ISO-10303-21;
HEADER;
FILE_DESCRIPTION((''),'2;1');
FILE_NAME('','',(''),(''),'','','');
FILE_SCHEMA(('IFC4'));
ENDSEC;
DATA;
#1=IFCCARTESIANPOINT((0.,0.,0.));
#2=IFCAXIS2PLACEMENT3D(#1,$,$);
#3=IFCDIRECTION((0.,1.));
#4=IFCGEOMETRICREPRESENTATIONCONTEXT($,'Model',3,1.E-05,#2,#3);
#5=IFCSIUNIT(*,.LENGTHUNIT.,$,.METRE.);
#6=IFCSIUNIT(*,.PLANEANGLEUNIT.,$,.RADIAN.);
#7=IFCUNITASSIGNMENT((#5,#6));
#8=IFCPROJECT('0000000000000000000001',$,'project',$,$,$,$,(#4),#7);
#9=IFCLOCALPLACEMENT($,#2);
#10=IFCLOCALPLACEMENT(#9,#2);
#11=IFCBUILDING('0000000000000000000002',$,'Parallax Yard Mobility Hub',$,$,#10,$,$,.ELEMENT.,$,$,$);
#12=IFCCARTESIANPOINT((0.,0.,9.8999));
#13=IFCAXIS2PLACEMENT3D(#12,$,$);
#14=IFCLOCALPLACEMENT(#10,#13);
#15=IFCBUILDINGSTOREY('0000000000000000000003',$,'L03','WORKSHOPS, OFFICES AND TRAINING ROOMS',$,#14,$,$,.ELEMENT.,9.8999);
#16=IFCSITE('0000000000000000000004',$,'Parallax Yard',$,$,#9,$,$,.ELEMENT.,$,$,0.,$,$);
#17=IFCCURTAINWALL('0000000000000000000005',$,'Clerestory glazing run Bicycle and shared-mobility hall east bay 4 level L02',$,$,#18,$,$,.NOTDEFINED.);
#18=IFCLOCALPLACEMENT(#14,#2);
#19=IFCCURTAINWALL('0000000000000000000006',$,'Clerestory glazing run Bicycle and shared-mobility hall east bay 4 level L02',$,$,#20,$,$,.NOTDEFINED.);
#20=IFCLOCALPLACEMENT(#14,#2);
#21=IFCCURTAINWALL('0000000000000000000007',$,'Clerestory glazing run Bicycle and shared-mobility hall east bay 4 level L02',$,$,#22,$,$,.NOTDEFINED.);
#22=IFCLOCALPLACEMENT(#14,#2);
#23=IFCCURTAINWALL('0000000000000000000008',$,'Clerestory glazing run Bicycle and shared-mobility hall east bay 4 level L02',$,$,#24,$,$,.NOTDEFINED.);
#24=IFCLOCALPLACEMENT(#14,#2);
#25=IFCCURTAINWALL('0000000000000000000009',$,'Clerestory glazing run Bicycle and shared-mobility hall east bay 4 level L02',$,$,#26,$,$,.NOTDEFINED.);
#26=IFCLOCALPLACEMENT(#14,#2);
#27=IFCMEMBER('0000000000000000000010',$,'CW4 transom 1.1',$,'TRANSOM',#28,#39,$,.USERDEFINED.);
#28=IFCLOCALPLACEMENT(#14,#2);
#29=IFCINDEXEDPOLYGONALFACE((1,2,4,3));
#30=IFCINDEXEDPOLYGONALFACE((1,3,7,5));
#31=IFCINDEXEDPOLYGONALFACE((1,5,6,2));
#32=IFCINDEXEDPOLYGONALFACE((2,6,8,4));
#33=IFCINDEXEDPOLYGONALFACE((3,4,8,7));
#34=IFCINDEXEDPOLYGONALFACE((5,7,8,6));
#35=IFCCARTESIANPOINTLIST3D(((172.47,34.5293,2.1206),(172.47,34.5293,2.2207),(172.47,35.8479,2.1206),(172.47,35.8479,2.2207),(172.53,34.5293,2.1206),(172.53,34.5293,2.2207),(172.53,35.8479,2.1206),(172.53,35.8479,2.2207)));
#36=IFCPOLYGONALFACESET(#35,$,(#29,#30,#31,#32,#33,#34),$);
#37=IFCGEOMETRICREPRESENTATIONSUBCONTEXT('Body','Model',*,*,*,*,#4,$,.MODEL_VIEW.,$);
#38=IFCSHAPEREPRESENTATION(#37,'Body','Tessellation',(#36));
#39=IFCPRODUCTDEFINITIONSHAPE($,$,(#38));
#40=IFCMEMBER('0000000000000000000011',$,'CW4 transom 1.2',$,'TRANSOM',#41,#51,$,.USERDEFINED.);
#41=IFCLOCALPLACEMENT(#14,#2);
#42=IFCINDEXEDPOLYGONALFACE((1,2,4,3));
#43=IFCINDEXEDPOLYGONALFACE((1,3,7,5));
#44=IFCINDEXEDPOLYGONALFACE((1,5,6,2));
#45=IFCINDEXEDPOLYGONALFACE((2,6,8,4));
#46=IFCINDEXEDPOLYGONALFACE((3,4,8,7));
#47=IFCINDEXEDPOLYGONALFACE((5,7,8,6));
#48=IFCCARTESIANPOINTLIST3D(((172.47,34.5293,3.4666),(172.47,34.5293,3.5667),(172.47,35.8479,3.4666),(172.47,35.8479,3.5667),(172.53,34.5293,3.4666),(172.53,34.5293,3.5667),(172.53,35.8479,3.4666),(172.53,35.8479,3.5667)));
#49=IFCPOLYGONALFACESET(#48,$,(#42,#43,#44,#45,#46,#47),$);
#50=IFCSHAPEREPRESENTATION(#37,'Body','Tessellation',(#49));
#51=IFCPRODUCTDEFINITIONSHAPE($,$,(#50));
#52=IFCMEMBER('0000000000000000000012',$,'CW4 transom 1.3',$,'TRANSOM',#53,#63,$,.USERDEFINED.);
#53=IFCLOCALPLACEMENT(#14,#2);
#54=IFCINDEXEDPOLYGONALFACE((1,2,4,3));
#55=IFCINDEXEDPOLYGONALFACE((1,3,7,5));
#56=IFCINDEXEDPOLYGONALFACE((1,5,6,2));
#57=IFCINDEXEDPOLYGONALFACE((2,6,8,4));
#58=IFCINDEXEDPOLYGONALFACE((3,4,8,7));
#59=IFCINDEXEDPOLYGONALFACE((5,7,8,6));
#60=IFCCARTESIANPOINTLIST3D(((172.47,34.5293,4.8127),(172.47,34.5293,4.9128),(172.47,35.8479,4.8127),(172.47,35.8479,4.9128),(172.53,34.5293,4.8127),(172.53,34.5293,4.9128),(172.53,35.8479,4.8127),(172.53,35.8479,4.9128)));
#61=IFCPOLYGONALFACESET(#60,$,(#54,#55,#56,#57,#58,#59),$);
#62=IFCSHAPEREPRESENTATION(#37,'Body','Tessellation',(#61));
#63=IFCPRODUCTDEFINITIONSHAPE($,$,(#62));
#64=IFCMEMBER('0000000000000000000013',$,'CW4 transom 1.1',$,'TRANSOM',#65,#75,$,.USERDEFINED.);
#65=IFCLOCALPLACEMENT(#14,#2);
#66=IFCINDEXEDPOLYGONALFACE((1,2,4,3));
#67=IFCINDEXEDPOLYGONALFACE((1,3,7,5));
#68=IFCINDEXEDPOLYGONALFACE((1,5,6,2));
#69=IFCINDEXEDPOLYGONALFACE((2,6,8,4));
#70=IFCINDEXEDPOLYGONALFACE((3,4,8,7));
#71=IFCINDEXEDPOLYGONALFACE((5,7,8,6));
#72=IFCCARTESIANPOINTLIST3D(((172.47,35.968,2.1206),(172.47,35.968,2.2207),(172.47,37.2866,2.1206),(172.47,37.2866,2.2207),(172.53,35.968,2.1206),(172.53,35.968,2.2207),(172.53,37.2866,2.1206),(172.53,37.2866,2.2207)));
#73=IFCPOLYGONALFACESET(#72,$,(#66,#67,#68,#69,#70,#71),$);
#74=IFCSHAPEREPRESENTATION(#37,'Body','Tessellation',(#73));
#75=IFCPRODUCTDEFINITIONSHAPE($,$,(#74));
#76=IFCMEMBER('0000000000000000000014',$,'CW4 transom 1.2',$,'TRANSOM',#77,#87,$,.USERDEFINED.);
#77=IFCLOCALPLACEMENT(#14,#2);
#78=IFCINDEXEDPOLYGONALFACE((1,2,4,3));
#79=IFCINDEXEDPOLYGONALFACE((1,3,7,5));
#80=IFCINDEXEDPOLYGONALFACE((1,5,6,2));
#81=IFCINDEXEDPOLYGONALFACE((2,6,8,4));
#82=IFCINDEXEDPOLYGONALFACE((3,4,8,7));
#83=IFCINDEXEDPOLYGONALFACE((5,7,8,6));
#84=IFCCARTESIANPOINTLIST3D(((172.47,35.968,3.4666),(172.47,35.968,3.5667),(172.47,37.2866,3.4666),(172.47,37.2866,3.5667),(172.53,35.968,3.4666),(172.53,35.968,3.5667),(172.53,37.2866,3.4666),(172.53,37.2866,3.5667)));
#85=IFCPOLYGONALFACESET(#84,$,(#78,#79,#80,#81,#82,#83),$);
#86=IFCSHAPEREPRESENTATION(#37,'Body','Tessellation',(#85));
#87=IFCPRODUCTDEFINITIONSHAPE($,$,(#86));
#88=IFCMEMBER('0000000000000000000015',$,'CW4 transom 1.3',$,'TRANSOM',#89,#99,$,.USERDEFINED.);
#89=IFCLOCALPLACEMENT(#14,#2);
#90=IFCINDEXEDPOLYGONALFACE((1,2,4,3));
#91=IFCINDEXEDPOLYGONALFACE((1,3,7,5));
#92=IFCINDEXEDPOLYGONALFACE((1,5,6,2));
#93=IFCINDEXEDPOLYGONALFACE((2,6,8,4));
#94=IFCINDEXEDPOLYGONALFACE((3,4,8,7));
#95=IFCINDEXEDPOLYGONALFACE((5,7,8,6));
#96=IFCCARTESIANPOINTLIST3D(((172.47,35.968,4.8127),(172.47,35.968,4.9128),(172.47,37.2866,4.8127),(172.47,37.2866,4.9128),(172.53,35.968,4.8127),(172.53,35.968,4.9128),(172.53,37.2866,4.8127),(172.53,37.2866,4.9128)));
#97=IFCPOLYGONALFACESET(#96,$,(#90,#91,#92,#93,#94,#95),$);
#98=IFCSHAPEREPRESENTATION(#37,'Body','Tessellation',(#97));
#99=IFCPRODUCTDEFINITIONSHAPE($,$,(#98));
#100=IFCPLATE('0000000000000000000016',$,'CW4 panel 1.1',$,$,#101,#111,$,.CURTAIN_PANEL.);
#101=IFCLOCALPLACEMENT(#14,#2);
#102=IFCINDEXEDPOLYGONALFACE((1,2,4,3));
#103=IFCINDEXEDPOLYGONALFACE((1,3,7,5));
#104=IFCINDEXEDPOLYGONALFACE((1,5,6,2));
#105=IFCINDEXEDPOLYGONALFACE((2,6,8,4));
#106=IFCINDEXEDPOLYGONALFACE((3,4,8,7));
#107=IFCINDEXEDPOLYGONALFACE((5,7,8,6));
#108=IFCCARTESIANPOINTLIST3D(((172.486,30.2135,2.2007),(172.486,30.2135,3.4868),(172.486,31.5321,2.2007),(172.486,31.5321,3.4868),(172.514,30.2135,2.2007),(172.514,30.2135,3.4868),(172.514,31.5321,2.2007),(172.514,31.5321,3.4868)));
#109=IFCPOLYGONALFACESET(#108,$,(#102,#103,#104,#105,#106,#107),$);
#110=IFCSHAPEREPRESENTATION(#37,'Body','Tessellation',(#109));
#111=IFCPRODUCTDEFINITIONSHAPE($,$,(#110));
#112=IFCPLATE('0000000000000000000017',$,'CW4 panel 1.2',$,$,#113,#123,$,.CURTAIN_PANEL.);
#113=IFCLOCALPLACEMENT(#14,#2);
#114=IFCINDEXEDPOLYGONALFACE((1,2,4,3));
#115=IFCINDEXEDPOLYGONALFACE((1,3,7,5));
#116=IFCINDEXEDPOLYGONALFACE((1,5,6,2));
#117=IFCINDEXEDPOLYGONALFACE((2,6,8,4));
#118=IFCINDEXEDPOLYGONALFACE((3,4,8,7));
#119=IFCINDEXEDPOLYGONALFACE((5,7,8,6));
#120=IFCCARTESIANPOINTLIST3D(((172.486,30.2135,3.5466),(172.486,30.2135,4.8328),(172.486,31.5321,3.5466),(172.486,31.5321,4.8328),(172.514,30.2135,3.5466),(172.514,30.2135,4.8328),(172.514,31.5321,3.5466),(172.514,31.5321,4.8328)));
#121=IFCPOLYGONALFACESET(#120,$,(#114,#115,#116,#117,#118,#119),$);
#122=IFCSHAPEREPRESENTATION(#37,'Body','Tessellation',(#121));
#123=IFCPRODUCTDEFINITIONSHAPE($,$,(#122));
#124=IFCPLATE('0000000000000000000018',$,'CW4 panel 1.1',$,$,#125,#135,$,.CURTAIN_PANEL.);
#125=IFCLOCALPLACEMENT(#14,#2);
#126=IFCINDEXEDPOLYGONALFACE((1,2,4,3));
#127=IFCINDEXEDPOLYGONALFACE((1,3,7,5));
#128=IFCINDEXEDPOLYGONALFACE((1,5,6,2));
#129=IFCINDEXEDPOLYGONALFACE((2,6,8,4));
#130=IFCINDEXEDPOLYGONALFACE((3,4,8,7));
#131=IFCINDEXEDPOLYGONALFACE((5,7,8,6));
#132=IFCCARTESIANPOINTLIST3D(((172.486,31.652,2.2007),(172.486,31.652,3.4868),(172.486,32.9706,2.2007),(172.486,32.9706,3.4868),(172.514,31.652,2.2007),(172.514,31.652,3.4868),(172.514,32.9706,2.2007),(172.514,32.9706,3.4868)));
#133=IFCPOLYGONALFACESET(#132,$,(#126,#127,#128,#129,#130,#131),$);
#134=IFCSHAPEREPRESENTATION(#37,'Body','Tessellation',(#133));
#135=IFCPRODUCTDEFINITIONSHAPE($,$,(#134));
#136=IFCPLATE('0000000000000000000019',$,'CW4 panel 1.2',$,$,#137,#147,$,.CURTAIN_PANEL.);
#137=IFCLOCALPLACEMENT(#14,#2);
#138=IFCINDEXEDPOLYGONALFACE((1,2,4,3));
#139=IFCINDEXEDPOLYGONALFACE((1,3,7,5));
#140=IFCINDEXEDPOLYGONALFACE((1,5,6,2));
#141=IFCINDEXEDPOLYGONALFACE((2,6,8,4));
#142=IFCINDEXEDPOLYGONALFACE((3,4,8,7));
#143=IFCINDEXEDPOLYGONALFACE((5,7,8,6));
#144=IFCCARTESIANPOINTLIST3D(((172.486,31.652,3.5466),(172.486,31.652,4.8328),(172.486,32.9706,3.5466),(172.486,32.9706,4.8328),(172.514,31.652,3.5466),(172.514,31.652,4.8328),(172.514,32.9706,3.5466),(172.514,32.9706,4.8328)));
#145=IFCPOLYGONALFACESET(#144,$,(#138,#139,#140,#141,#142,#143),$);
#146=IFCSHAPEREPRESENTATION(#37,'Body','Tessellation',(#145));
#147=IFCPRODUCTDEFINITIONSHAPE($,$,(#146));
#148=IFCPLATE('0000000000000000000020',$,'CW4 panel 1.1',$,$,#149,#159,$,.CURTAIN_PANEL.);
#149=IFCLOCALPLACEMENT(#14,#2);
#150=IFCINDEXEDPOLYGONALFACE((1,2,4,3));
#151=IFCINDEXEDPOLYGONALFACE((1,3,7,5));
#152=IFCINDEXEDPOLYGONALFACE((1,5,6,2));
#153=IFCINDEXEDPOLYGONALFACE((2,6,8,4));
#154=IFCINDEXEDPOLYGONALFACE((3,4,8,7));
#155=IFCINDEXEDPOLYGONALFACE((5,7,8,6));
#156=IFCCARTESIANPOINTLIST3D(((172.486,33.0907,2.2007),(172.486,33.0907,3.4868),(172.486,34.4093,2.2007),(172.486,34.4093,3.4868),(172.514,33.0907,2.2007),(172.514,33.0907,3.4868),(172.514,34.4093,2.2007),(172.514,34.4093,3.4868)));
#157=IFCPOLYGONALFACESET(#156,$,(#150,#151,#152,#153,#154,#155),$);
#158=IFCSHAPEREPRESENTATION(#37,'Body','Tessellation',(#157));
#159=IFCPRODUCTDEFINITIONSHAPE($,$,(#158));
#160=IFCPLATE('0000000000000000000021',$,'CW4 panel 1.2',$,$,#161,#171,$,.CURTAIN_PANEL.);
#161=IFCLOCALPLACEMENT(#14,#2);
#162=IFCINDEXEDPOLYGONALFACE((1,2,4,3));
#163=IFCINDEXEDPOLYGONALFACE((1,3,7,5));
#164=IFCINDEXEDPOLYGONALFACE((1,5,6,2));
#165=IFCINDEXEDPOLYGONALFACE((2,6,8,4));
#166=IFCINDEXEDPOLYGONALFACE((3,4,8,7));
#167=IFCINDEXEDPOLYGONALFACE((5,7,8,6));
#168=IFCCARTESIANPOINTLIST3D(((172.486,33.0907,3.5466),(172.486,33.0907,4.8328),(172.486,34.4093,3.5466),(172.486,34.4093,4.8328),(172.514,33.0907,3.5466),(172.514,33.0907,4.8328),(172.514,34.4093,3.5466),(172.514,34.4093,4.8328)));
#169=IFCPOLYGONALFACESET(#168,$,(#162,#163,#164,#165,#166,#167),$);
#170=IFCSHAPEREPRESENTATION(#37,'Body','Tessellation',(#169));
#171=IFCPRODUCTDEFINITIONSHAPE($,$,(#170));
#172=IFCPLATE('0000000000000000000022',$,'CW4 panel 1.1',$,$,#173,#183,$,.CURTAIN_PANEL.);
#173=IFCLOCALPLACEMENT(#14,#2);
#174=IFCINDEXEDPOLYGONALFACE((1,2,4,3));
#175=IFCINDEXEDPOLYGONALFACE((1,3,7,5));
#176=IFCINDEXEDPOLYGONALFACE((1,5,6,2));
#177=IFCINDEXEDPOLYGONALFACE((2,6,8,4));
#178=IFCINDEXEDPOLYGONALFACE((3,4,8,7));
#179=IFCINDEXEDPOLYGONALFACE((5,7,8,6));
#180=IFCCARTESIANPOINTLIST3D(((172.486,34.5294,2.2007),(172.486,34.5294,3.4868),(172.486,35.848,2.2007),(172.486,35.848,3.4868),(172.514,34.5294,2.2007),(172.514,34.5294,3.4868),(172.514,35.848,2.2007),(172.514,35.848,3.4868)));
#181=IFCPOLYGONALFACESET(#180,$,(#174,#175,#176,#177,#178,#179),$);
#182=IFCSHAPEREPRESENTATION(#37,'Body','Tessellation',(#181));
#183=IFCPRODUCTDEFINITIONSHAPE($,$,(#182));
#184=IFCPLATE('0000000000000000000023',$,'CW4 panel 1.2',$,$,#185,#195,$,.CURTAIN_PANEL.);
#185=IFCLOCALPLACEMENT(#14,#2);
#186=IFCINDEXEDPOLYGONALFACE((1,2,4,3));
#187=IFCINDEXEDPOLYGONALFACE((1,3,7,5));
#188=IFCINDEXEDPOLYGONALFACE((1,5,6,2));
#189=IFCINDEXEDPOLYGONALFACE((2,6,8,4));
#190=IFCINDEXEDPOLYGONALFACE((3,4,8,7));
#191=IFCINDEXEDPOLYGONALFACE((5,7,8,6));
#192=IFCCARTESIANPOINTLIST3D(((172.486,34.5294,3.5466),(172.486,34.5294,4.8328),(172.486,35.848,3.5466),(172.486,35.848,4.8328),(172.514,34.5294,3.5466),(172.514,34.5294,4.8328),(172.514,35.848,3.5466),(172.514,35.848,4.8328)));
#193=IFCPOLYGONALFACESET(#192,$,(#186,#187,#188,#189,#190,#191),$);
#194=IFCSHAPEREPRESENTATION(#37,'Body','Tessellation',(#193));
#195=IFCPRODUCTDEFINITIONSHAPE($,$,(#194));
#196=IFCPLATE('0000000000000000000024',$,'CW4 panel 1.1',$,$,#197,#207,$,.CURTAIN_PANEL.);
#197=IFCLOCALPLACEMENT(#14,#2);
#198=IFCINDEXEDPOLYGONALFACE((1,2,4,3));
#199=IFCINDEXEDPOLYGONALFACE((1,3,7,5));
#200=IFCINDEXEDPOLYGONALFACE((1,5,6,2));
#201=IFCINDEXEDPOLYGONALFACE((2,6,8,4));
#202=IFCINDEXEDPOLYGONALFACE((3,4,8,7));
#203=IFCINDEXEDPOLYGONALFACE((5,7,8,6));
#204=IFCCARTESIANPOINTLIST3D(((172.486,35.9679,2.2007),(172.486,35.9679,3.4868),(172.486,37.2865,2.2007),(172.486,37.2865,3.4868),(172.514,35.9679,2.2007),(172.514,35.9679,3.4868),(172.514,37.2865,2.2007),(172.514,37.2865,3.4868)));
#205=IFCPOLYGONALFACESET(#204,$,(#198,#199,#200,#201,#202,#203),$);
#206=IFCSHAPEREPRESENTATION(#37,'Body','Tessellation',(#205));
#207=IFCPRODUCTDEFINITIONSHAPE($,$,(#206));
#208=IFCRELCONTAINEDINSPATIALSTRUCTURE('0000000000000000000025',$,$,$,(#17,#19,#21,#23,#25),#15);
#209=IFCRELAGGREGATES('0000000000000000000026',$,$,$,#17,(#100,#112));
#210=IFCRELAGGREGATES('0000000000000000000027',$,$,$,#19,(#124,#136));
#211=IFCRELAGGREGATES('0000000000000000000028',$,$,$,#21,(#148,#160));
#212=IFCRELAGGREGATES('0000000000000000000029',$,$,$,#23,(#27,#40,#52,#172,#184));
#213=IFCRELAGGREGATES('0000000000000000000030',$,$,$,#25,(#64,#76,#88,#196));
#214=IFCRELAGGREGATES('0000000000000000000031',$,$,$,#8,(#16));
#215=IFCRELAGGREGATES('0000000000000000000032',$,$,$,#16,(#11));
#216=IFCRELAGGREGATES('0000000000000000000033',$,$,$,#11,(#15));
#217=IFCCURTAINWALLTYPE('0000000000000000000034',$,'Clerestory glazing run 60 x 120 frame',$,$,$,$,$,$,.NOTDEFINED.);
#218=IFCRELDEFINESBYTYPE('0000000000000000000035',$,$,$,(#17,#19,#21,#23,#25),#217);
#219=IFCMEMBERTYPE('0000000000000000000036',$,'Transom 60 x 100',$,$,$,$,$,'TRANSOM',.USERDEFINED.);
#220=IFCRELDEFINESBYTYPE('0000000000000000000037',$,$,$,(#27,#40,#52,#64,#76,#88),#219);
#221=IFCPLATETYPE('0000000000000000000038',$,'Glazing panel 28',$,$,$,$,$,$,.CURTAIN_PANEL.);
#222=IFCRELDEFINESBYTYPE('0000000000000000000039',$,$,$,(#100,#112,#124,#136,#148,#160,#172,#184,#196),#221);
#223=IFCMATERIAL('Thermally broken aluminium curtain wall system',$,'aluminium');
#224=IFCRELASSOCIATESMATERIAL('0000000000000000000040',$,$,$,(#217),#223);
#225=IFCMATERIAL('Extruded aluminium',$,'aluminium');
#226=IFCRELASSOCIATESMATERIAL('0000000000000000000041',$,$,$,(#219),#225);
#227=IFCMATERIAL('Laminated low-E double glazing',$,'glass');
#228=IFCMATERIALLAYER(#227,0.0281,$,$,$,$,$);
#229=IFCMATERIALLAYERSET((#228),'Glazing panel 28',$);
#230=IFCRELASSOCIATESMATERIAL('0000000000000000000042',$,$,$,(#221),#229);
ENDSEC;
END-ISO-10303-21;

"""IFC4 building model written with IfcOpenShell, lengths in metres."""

from ifc_helpers import new_model, si_unit, direction, frame, origin, origin_2d, place, context, subcontext, project, spatial, rectangle, extrude, material, layer, layer_set, material_profile, profile_set, type_object, element, aggregate, save


model = new_model("IFC4")

# Units and contexts
model_context = context("Model", 3, precision=1e-05, world=origin(), true_north=direction((0.0, 1.0)))
body_context = subcontext(model_context, "Body", "Model", "MODEL_VIEW")
ifc_project = project(units=[si_unit("LENGTHUNIT", "METRE"), si_unit("PLANEANGLEUNIT", "RADIAN")], contexts=[model_context])

# Site, building, storey
site_placement = place(None, origin())
site = spatial("IfcSite", under=ifc_project, at=site_placement, Name="Parallax Yard", CompositionType="ELEMENT", RefElevation=0.0)
building_placement = place(site_placement, origin())
building = spatial("IfcBuilding", under=site, at=building_placement, Name="Parallax Yard Mobility Hub", CompositionType="ELEMENT")
storey_placement = place(building_placement, frame((0.0, 0.0, 9.8999)))
storey = spatial("IfcBuildingStorey", under=building, at=storey_placement, Name="L03", Description="WORKSHOPS, OFFICES AND TRAINING ROOMS", CompositionType="ELEMENT", Elevation=9.8999)

# Curtain wall
ifc_material_1 = material(Name="Thermally broken aluminium curtain wall system", Category="aluminium")
curtain_wall_type = type_object("IfcCurtainWallType", Name="Clerestory glazing run 60 x 120 frame", PredefinedType="NOTDEFINED", material=ifc_material_1)
curtain_wall_1_placement = place(storey_placement, origin())
curtain_wall_1 = element("IfcCurtainWall", 1, at=curtain_wall_1_placement, inside=storey, type_object=curtain_wall_type, Name="Clerestory glazing run Bicycle and shared-mobility hall east bay 4 level L02", PredefinedType="NOTDEFINED")
ifc_material_2 = material(Name="Extruded aluminium", Category="aluminium")

# Curtain walls
curtain_wall_2_placement = place(storey_placement, origin())
curtain_wall_2 = element("IfcCurtainWall", 2, at=curtain_wall_2_placement, inside=storey, type_object=curtain_wall_type, Name="Clerestory glazing run Bicycle and shared-mobility hall east bay 4 level L02", PredefinedType="NOTDEFINED")
curtain_wall_3_placement = place(storey_placement, origin())
curtain_wall_3 = element("IfcCurtainWall", 3, at=curtain_wall_3_placement, inside=storey, type_object=curtain_wall_type, Name="Clerestory glazing run Bicycle and shared-mobility hall east bay 4 level L02", PredefinedType="NOTDEFINED")
curtain_wall_4_placement = place(storey_placement, origin())
curtain_wall_4 = element("IfcCurtainWall", 4, at=curtain_wall_4_placement, inside=storey, type_object=curtain_wall_type, Name="Clerestory glazing run Bicycle and shared-mobility hall east bay 4 level L02", PredefinedType="NOTDEFINED")
curtain_wall_5_placement = place(storey_placement, origin())
curtain_wall_5 = element("IfcCurtainWall", 5, at=curtain_wall_5_placement, inside=storey, type_object=curtain_wall_type, Name="Clerestory glazing run Bicycle and shared-mobility hall east bay 4 level L02", PredefinedType="NOTDEFINED")

# Members
ifc_material_profile_1 = material_profile(ifc_material_2, rectangle(XDim=0.0601, YDim=0.1001, at=origin_2d()), Name="Transom 60 x 100")
ifc_profile_set_1 = profile_set([ifc_material_profile_1], Name="Extruded aluminium")
member_type_1 = type_object("IfcMemberType", Name="Transom 60 x 100", ElementType="TRANSOM", PredefinedType="USERDEFINED", material=ifc_profile_set_1)
member_1_placement = place(storey_placement, frame((172.5, 34.5293, 2.1707), z_axis=(0.0, 1.0, 0.0), x_axis=(-1.0, 0.0, 0.0)))
member_1 = element("IfcMember", 6, at=member_1_placement, type_object=member_type_1, Name="CW4 transom 1.1", ObjectType="TRANSOM", PredefinedType="USERDEFINED", context=body_context, shape_type="SweptSolid", body=[
    extrude(rectangle(XDim=0.0601, YDim=0.1001, at=origin_2d()), origin(), (0.0, 0.0, 1.0), 1.3186),
])
member_2_placement = place(storey_placement, frame((172.5, 34.5293, 3.5166), z_axis=(0.0, 1.0, 0.0), x_axis=(-1.0, 0.0, 0.0)))
member_2 = element("IfcMember", 7, at=member_2_placement, type_object=member_type_1, Name="CW4 transom 1.2", ObjectType="TRANSOM", PredefinedType="USERDEFINED", context=body_context, shape_type="SweptSolid", body=[
    extrude(rectangle(XDim=0.0601, YDim=0.1001, at=origin_2d()), origin(), (0.0, 0.0, 1.0), 1.3186),
])
member_3_placement = place(storey_placement, frame((172.5, 34.5293, 4.8628), z_axis=(0.0, 1.0, 0.0), x_axis=(-1.0, 0.0, 0.0)))
member_3 = element("IfcMember", 8, at=member_3_placement, type_object=member_type_1, Name="CW4 transom 1.3", ObjectType="TRANSOM", PredefinedType="USERDEFINED", context=body_context, shape_type="SweptSolid", body=[
    extrude(rectangle(XDim=0.0601, YDim=0.1001, at=origin_2d()), origin(), (0.0, 0.0, 1.0), 1.3186),
])
member_4_placement = place(storey_placement, frame((172.5, 35.968, 2.1707), z_axis=(0.0, 1.0, 0.0), x_axis=(-1.0, 0.0, 0.0)))
member_4 = element("IfcMember", 9, at=member_4_placement, type_object=member_type_1, Name="CW4 transom 1.1", ObjectType="TRANSOM", PredefinedType="USERDEFINED", context=body_context, shape_type="SweptSolid", body=[
    extrude(rectangle(XDim=0.0601, YDim=0.1001, at=origin_2d()), origin(), (0.0, 0.0, 1.0), 1.3186),
])
member_5_placement = place(storey_placement, frame((172.5, 35.968, 3.5166), z_axis=(0.0, 1.0, 0.0), x_axis=(-1.0, 0.0, 0.0)))
member_5 = element("IfcMember", 10, at=member_5_placement, type_object=member_type_1, Name="CW4 transom 1.2", ObjectType="TRANSOM", PredefinedType="USERDEFINED", context=body_context, shape_type="SweptSolid", body=[
    extrude(rectangle(XDim=0.0601, YDim=0.1001, at=origin_2d()), origin(), (0.0, 0.0, 1.0), 1.3186),
])
member_6_placement = place(storey_placement, frame((172.5, 35.968, 4.8628), z_axis=(0.0, 1.0, 0.0), x_axis=(-1.0, 0.0, 0.0)))
member_6 = element("IfcMember", 11, at=member_6_placement, type_object=member_type_1, Name="CW4 transom 1.3", ObjectType="TRANSOM", PredefinedType="USERDEFINED", context=body_context, shape_type="SweptSolid", body=[
    extrude(rectangle(XDim=0.0601, YDim=0.1001, at=origin_2d()), origin(), (0.0, 0.0, 1.0), 1.3186),
])

# Plates
ifc_material_3 = material(Name="Laminated low-E double glazing", Category="glass")
ifc_layer = layer(ifc_material_3, 0.0281)
ifc_layer_set = layer_set([ifc_layer], Name="Glazing panel 28")
plate_type = type_object("IfcPlateType", Name="Glazing panel 28", PredefinedType="CURTAIN_PANEL", material=ifc_layer_set)
plate_1_placement = place(storey_placement, frame((172.5, 30.8728, 2.2007), z_axis=(0.0, 0.0, 1.0), x_axis=(0.0, 1.0, 0.0)))
plate_1 = element("IfcPlate", 12, at=plate_1_placement, type_object=plate_type, Name="CW4 panel 1.1", PredefinedType="CURTAIN_PANEL", context=body_context, shape_type="SweptSolid", body=[
    extrude(rectangle(XDim=1.3186, YDim=0.0281, at=origin_2d()), origin(), (0.0, 0.0, 1.0), 1.2861),
])
plate_2_placement = place(storey_placement, frame((172.5, 30.8728, 3.5466), z_axis=(0.0, 0.0, 1.0), x_axis=(0.0, 1.0, 0.0)))
plate_2 = element("IfcPlate", 13, at=plate_2_placement, type_object=plate_type, Name="CW4 panel 1.2", PredefinedType="CURTAIN_PANEL", context=body_context, shape_type="SweptSolid", body=[
    extrude(rectangle(XDim=1.3186, YDim=0.0281, at=origin_2d()), origin(), (0.0, 0.0, 1.0), 1.2861),
])
aggregate(curtain_wall_1, [plate_1, plate_2])
plate_3_placement = place(storey_placement, frame((172.5, 32.3113, 2.2007), z_axis=(0.0, 0.0, 1.0), x_axis=(0.0, 1.0, 0.0)))
plate_3 = element("IfcPlate", 14, at=plate_3_placement, type_object=plate_type, Name="CW4 panel 1.1", PredefinedType="CURTAIN_PANEL", context=body_context, shape_type="SweptSolid", body=[
    extrude(rectangle(XDim=1.3186, YDim=0.0281, at=origin_2d()), origin(), (0.0, 0.0, 1.0), 1.2861),
])
plate_4_placement = place(storey_placement, frame((172.5, 32.3113, 3.5466), z_axis=(0.0, 0.0, 1.0), x_axis=(0.0, 1.0, 0.0)))
plate_4 = element("IfcPlate", 15, at=plate_4_placement, type_object=plate_type, Name="CW4 panel 1.2", PredefinedType="CURTAIN_PANEL", context=body_context, shape_type="SweptSolid", body=[
    extrude(rectangle(XDim=1.3186, YDim=0.0281, at=origin_2d()), origin(), (0.0, 0.0, 1.0), 1.2861),
])
aggregate(curtain_wall_2, [plate_3, plate_4])
plate_5_placement = place(storey_placement, frame((172.5, 33.75, 2.2007), z_axis=(0.0, 0.0, 1.0), x_axis=(0.0, 1.0, 0.0)))
plate_5 = element("IfcPlate", 16, at=plate_5_placement, type_object=plate_type, Name="CW4 panel 1.1", PredefinedType="CURTAIN_PANEL", context=body_context, shape_type="SweptSolid", body=[
    extrude(rectangle(XDim=1.3186, YDim=0.0281, at=origin_2d()), origin(), (0.0, 0.0, 1.0), 1.2861),
])
plate_6_placement = place(storey_placement, frame((172.5, 33.75, 3.5466), z_axis=(0.0, 0.0, 1.0), x_axis=(0.0, 1.0, 0.0)))
plate_6 = element("IfcPlate", 17, at=plate_6_placement, type_object=plate_type, Name="CW4 panel 1.2", PredefinedType="CURTAIN_PANEL", context=body_context, shape_type="SweptSolid", body=[
    extrude(rectangle(XDim=1.3186, YDim=0.0281, at=origin_2d()), origin(), (0.0, 0.0, 1.0), 1.2861),
])
aggregate(curtain_wall_3, [plate_5, plate_6])
plate_7_placement = place(storey_placement, frame((172.5, 35.1887, 2.2007), z_axis=(0.0, 0.0, 1.0), x_axis=(0.0, 1.0, 0.0)))
plate_7 = element("IfcPlate", 18, at=plate_7_placement, type_object=plate_type, Name="CW4 panel 1.1", PredefinedType="CURTAIN_PANEL", context=body_context, shape_type="SweptSolid", body=[
    extrude(rectangle(XDim=1.3186, YDim=0.0281, at=origin_2d()), origin(), (0.0, 0.0, 1.0), 1.2861),
])
plate_8_placement = place(storey_placement, frame((172.5, 35.1887, 3.5466), z_axis=(0.0, 0.0, 1.0), x_axis=(0.0, 1.0, 0.0)))
plate_8 = element("IfcPlate", 19, at=plate_8_placement, type_object=plate_type, Name="CW4 panel 1.2", PredefinedType="CURTAIN_PANEL", context=body_context, shape_type="SweptSolid", body=[
    extrude(rectangle(XDim=1.3186, YDim=0.0281, at=origin_2d()), origin(), (0.0, 0.0, 1.0), 1.2861),
])
aggregate(curtain_wall_4, [member_1, member_2, member_3, plate_7, plate_8])
plate_9_placement = place(storey_placement, frame((172.5, 36.6272, 2.2007), z_axis=(0.0, 0.0, 1.0), x_axis=(0.0, 1.0, 0.0)))
plate_9 = element("IfcPlate", 20, at=plate_9_placement, type_object=plate_type, Name="CW4 panel 1.1", PredefinedType="CURTAIN_PANEL", context=body_context, shape_type="SweptSolid", body=[
    extrude(rectangle(XDim=1.3186, YDim=0.0281, at=origin_2d()), origin(), (0.0, 0.0, 1.0), 1.2861),
])
aggregate(curtain_wall_5, [member_4, member_5, member_6, plate_9])

save(model, "model.ifc")
